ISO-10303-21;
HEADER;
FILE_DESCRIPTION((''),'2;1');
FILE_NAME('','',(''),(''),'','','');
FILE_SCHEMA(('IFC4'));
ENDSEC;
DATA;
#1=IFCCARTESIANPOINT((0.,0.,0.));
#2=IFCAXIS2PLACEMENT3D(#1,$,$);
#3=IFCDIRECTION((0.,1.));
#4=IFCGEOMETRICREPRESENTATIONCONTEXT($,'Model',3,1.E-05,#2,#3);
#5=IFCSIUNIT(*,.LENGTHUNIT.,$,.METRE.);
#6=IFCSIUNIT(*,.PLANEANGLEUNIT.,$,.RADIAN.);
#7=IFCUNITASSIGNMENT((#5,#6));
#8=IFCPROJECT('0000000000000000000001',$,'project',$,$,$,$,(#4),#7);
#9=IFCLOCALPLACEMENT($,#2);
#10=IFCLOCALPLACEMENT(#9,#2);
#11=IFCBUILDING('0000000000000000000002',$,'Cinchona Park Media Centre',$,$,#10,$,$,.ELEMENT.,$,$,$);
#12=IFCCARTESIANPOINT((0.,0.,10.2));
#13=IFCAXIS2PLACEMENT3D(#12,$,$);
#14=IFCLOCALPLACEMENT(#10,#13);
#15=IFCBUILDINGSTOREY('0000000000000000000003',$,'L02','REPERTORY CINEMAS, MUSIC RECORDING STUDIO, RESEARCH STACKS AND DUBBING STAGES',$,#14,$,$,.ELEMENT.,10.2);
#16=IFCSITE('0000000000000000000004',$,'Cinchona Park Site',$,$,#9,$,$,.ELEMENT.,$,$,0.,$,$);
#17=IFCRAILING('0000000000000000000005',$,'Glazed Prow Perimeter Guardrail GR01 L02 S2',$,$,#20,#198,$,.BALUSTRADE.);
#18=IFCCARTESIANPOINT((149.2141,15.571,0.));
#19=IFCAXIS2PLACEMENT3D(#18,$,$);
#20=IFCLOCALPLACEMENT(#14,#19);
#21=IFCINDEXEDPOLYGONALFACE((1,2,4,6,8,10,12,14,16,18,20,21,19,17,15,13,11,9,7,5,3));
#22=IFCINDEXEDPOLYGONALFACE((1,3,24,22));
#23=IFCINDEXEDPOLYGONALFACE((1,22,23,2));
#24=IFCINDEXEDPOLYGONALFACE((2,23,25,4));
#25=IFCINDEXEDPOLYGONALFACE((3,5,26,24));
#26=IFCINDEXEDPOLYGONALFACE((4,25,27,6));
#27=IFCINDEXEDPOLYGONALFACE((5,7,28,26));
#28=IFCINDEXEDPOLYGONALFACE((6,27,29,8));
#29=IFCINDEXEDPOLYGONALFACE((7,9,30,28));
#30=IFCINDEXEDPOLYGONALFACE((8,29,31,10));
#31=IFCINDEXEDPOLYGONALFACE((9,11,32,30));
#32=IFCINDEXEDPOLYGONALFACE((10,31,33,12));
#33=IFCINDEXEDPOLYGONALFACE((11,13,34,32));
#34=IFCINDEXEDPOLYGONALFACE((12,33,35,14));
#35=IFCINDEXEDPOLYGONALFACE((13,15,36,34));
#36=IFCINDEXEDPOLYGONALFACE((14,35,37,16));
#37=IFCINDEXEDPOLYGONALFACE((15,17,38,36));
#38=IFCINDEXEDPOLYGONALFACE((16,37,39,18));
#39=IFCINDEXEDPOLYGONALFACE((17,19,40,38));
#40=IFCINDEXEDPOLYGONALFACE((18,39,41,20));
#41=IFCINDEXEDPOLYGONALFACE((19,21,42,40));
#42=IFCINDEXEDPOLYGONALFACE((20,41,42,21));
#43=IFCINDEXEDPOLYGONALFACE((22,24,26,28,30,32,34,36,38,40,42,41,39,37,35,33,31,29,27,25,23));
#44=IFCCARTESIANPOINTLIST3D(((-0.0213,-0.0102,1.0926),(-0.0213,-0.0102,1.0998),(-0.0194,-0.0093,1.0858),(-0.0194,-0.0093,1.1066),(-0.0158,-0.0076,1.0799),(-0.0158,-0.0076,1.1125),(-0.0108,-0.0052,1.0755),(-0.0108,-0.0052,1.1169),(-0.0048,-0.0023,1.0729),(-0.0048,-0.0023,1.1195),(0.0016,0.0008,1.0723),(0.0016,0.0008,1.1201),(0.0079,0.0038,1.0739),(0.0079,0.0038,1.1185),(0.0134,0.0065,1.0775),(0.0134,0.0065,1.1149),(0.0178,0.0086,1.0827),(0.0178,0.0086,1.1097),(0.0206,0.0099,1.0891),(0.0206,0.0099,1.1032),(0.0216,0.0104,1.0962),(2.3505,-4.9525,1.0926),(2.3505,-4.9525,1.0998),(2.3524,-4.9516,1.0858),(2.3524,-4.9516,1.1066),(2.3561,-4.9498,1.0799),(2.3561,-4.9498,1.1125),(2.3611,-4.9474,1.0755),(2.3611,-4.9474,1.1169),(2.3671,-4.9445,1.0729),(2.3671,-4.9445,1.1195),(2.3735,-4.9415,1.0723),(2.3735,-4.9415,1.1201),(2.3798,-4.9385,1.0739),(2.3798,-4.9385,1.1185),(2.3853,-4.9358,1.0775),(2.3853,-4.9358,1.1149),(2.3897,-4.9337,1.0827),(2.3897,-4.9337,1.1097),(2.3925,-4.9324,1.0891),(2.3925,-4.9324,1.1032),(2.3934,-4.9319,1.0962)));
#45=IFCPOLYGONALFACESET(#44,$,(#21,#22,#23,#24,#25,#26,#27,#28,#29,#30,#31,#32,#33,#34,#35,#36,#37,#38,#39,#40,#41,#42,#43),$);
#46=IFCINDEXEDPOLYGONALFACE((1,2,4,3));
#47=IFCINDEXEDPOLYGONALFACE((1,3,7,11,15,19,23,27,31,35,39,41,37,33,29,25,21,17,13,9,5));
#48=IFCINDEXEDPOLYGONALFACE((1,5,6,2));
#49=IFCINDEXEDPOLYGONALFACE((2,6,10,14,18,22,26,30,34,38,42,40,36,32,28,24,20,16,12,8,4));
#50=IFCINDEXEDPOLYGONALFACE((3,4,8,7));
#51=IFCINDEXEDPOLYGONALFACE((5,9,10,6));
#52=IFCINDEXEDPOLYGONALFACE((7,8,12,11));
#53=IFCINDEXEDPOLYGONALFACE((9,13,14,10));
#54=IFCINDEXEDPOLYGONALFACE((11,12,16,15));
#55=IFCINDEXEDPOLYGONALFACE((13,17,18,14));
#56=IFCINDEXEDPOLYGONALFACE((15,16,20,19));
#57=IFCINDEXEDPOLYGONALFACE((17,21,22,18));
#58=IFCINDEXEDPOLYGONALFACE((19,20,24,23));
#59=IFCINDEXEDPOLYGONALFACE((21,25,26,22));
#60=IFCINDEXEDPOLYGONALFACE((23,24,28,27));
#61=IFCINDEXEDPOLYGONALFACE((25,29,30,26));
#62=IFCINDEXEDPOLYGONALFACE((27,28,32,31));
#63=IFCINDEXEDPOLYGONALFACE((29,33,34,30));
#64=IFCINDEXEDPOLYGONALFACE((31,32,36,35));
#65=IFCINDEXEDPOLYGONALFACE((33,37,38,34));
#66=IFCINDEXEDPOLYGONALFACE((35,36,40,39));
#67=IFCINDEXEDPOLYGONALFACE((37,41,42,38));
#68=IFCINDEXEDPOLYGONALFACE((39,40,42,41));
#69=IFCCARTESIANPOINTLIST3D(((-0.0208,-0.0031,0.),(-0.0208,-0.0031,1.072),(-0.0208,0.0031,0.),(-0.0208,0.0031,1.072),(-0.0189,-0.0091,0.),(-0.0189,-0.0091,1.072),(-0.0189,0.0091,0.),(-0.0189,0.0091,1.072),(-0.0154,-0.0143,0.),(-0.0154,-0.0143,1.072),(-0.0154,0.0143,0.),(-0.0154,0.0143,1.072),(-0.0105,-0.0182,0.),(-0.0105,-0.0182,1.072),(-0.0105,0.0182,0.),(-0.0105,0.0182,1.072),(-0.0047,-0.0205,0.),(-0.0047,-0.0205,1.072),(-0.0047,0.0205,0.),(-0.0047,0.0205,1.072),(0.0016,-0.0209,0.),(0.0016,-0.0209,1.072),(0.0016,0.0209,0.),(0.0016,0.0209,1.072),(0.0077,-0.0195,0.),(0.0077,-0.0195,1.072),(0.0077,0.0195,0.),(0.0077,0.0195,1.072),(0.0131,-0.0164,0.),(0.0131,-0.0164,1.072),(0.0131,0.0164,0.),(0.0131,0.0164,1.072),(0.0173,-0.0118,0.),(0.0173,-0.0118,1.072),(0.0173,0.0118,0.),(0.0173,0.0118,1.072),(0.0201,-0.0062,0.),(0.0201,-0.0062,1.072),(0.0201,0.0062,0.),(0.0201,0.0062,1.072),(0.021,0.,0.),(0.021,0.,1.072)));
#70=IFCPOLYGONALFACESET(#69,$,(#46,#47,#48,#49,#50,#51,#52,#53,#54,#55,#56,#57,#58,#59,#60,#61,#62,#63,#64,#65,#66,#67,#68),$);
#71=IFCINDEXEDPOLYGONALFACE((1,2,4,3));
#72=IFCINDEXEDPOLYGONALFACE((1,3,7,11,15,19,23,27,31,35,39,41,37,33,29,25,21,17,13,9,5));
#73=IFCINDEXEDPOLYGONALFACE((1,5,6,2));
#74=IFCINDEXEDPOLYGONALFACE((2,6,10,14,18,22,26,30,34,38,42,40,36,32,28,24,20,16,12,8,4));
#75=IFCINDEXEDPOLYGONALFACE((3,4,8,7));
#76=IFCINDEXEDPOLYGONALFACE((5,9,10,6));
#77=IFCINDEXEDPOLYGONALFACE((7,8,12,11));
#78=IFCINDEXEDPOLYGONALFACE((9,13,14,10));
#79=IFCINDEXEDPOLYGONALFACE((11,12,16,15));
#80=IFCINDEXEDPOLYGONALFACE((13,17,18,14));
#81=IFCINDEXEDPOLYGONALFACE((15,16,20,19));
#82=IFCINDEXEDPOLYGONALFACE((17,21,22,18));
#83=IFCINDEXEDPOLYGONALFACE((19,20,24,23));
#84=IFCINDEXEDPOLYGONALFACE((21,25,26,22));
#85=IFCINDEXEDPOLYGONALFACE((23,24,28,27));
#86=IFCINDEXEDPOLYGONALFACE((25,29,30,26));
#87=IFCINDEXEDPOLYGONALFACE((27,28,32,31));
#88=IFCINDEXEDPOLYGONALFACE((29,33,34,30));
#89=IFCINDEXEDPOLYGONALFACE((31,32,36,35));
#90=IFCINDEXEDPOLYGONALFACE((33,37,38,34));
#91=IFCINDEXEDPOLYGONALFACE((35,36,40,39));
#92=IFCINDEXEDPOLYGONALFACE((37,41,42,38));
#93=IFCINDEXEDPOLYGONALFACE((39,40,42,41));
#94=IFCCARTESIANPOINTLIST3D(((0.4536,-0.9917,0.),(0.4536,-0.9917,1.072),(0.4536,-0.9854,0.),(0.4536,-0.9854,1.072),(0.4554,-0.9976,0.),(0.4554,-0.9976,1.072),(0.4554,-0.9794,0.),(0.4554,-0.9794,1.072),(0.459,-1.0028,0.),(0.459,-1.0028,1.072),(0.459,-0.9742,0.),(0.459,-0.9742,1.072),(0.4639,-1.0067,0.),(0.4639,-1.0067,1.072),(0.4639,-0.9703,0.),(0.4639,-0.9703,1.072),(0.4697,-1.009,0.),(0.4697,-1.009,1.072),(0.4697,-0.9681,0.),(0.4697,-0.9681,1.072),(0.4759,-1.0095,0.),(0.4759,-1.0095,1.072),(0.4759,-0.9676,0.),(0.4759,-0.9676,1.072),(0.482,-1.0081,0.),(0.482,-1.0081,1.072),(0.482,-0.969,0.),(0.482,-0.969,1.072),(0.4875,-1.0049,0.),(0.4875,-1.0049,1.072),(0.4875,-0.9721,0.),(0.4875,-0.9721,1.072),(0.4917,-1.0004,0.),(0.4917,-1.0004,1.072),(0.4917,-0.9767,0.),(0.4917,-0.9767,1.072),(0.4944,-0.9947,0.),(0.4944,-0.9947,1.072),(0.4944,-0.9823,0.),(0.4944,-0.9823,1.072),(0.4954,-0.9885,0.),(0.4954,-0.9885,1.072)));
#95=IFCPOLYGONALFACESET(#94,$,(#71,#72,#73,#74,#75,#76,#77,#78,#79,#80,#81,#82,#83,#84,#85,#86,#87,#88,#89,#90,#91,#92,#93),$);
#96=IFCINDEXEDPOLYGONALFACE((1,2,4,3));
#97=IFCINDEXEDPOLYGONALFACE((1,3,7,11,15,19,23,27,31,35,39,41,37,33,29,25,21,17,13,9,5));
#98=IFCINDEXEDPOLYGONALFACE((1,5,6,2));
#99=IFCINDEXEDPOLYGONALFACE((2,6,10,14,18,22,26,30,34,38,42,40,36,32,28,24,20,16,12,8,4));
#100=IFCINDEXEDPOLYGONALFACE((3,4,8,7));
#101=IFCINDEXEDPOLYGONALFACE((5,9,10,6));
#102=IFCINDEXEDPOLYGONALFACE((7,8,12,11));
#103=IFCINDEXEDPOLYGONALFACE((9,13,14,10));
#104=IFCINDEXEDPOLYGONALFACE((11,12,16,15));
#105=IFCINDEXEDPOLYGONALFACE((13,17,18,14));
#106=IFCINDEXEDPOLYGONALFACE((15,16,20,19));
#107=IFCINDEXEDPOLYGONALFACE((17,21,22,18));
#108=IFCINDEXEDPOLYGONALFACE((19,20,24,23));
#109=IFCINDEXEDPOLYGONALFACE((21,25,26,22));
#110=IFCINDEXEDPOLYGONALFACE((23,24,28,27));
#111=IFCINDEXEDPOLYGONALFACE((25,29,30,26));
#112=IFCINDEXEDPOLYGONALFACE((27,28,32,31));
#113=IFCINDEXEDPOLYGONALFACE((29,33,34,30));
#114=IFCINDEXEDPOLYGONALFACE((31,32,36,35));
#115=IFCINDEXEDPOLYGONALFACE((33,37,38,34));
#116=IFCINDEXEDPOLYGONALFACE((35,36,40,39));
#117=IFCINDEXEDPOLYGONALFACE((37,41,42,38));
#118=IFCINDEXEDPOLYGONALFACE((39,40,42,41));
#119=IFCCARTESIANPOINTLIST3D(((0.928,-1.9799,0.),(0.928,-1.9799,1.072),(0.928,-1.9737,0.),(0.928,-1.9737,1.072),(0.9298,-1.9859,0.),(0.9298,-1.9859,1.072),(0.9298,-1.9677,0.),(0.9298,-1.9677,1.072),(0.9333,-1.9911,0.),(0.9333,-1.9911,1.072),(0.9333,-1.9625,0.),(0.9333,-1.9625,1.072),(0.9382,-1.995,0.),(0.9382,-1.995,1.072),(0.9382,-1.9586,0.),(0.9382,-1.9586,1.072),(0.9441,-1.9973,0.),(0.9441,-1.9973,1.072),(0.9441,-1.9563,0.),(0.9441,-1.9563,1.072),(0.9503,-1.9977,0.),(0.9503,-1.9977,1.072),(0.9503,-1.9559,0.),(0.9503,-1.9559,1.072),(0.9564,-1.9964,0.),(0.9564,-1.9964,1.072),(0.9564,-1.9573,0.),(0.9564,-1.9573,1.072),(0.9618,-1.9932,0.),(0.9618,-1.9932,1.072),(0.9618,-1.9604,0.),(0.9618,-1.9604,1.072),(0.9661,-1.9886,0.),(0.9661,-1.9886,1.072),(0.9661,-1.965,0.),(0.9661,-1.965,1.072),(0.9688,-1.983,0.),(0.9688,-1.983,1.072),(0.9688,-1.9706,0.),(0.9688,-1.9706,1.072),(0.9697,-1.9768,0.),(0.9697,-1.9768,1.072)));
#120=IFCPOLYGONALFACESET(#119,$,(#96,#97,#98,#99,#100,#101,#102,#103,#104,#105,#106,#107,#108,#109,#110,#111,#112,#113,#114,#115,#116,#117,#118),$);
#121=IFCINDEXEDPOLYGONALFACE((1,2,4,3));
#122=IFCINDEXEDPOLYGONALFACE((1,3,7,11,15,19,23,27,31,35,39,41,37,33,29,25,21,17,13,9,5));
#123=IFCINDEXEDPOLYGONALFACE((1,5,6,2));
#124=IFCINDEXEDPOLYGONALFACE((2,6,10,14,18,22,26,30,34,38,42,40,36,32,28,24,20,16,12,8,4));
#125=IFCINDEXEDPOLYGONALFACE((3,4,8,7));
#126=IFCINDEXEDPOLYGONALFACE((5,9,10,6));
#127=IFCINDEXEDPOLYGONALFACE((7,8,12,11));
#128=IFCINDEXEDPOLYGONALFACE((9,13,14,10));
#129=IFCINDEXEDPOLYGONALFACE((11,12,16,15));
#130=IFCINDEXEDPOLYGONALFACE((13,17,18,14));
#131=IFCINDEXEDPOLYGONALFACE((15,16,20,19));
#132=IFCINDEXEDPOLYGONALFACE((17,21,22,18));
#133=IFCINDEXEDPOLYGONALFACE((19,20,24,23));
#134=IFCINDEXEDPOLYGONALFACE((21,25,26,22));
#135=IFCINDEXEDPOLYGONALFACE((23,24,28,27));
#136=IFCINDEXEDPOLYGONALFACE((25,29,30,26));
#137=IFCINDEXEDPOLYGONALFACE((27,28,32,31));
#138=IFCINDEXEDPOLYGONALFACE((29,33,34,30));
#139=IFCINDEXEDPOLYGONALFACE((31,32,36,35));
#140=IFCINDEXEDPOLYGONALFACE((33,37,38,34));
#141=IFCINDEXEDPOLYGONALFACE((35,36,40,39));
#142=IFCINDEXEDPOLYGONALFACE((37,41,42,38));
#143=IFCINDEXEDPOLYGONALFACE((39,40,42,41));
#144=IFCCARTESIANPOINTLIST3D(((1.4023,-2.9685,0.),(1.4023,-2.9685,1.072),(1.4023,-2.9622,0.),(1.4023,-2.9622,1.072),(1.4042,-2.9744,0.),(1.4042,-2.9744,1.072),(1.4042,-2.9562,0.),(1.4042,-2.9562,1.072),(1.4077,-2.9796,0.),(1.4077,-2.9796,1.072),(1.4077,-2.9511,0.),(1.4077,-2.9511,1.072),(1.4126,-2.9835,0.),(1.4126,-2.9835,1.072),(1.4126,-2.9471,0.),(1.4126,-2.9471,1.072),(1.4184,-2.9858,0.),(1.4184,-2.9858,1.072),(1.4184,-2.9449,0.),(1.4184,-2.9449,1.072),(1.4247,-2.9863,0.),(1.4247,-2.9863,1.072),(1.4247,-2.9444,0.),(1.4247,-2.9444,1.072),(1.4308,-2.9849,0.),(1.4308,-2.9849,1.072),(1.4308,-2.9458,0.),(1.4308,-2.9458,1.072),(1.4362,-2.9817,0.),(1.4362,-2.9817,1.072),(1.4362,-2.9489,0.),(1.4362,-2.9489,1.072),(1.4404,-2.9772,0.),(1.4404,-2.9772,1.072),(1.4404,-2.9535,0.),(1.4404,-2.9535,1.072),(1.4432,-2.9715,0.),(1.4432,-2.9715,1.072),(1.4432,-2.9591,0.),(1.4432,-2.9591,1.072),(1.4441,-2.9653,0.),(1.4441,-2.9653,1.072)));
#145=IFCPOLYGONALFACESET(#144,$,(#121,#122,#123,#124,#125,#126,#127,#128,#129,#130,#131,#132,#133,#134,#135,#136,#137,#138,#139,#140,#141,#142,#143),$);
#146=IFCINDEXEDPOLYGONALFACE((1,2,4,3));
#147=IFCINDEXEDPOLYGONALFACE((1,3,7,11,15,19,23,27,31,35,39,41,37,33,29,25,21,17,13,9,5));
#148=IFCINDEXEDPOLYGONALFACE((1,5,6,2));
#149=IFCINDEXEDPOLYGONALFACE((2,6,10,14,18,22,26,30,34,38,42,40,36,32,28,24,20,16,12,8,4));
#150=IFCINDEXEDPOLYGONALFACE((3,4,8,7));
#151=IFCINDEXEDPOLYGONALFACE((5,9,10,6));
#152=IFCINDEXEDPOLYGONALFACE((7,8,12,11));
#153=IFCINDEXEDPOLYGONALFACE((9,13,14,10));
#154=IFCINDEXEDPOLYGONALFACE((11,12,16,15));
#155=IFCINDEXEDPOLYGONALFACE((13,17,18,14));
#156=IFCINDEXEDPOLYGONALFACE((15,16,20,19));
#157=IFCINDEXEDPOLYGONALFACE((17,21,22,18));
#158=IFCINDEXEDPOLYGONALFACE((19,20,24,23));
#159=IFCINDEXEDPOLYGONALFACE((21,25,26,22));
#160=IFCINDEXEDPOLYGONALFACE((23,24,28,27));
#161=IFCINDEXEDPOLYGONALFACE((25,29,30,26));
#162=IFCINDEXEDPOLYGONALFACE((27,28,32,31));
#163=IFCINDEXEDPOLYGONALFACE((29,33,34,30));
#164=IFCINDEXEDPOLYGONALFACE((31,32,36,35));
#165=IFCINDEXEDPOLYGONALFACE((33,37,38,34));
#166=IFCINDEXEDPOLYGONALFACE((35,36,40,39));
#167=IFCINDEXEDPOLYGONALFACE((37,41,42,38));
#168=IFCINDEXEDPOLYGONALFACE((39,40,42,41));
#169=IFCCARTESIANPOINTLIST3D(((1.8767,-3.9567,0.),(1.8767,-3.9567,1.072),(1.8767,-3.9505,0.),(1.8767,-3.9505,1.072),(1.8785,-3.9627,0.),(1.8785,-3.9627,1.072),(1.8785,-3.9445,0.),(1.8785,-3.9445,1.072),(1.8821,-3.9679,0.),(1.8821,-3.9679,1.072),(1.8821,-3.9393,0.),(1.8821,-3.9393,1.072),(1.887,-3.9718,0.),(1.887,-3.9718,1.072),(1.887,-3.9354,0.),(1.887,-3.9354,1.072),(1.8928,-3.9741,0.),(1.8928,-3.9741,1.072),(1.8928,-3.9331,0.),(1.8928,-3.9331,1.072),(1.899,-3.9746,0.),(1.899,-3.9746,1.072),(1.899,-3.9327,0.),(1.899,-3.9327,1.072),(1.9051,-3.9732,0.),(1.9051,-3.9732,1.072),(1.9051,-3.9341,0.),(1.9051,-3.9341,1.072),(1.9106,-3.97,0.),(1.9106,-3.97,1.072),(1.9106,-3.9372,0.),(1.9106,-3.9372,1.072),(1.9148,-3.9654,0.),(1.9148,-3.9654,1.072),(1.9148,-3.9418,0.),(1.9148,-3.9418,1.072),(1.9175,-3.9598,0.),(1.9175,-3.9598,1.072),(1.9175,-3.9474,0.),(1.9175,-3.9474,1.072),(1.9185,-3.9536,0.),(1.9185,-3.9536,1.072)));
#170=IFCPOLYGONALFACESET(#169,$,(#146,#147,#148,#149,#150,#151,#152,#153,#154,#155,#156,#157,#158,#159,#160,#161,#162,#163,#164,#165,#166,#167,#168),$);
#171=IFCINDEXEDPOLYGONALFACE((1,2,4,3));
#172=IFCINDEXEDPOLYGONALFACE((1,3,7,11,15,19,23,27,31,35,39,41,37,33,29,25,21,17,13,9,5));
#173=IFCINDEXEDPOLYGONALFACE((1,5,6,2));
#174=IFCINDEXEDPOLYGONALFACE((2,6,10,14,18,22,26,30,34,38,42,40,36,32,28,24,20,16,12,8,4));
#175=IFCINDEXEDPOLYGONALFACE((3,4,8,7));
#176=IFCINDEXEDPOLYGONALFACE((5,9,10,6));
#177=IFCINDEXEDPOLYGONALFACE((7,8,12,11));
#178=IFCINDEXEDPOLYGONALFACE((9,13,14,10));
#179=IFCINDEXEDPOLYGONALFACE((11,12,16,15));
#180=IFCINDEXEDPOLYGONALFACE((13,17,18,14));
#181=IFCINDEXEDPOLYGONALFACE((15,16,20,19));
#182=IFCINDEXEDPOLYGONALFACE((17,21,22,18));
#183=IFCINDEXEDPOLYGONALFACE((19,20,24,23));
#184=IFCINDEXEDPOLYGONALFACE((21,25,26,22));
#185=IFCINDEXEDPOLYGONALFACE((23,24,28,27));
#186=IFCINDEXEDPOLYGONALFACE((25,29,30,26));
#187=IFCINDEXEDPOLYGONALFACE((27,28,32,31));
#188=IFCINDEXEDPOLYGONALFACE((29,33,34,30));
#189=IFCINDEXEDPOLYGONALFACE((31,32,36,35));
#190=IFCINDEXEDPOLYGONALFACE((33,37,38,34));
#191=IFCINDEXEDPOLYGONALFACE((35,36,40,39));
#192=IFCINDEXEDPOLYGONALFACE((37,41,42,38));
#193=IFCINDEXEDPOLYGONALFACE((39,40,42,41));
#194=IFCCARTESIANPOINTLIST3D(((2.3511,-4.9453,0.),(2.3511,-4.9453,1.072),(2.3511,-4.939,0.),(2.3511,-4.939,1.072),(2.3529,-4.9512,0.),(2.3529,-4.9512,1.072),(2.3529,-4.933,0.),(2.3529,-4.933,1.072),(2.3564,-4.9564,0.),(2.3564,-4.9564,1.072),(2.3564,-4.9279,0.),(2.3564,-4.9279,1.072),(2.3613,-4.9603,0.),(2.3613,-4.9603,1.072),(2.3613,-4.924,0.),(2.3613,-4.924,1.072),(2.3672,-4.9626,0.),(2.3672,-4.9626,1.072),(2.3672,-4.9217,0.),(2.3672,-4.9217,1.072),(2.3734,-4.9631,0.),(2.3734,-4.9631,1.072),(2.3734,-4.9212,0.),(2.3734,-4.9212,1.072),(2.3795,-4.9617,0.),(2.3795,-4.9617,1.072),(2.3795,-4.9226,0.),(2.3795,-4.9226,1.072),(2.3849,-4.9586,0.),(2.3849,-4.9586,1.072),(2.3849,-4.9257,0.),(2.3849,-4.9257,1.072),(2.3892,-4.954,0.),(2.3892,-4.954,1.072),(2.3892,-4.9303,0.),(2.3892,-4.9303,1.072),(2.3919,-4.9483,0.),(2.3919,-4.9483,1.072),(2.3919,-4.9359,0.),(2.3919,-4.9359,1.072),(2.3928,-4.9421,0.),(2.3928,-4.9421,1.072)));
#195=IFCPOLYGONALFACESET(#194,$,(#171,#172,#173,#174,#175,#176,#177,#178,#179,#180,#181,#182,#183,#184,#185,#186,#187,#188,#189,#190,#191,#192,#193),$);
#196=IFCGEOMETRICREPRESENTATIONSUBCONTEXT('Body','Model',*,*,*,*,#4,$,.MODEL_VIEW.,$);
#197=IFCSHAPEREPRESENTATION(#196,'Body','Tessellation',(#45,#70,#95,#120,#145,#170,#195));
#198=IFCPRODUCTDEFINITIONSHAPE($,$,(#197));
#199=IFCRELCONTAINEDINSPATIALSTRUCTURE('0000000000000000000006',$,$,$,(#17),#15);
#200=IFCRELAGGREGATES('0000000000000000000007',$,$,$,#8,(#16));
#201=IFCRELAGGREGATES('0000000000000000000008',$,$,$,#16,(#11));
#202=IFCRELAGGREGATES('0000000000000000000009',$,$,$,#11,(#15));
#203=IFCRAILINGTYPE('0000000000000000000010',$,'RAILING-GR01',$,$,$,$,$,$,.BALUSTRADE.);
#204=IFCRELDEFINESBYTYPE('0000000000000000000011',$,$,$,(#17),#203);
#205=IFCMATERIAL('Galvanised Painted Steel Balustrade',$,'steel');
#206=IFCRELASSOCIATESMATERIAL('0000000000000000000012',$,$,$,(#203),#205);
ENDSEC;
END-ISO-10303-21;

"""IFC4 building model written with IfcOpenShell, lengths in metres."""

from ifc_helpers import new_model, si_unit, direction, frame, origin, origin_2d, place, context, subcontext, project, spatial, circle, extrude, material, type_object, element, save


model = new_model("IFC4")

# Units and contexts
model_context = context("Model", 3, precision=1e-05, world=origin(), true_north=direction((0.0, 1.0)))
body_context = subcontext(model_context, "Body", "Model", "MODEL_VIEW")
ifc_project = project(units=[si_unit("LENGTHUNIT", "METRE"), si_unit("PLANEANGLEUNIT", "RADIAN")], contexts=[model_context])

# Site, building, storey
site_placement = place(None, origin())
site = spatial("IfcSite", under=ifc_project, at=site_placement, Name="Cinchona Park Site", CompositionType="ELEMENT", RefElevation=0.0)
building_placement = place(site_placement, origin())
building = spatial("IfcBuilding", under=site, at=building_placement, Name="Cinchona Park Media Centre", CompositionType="ELEMENT")
storey_placement = place(building_placement, frame((0.0, 0.0, 10.2)))
storey = spatial("IfcBuildingStorey", under=building, at=storey_placement, Name="L02", Description="REPERTORY CINEMAS, MUSIC RECORDING STUDIO, RESEARCH STACKS AND DUBBING STAGES", CompositionType="ELEMENT", Elevation=10.2)

# Railing
ifc_material_1 = material(Name="Galvanised Painted Steel Balustrade", Category="steel")
railing_type = type_object("IfcRailingType", Name="RAILING-GR01", PredefinedType="BALUSTRADE", material=ifc_material_1)
railing_1_placement = place(storey_placement, frame((149.2141, 15.571, 0.0)))
element("IfcRailing", 1, at=railing_1_placement, inside=storey, type_object=railing_type, Name="Glazed Prow Perimeter Guardrail GR01 L02 S2", PredefinedType="BALUSTRADE", context=body_context, shape_type="SweptSolid", body=[
    extrude(circle(Radius=0.0239, at=origin_2d()), frame((0.0, 0.0, 1.0962), z_axis=(0.432672, -0.901552, 0.0), x_axis=(0.901552, 0.432672, 0.0)), (0.0, 0.0, 1.0), 5.4819),
    extrude(circle(Radius=0.021, at=origin_2d()), origin(), (0.0, 0.0, 1.0), 1.072),
    extrude(circle(Radius=0.021, at=origin_2d()), frame((0.4744, -0.9885, 0.0)), (0.0, 0.0, 1.0), 1.072),
    extrude(circle(Radius=0.021, at=origin_2d()), frame((0.9487, -1.9768, 0.0)), (0.0, 0.0, 1.0), 1.072),
    extrude(circle(Radius=0.021, at=origin_2d()), frame((1.4231, -2.9653, 0.0)), (0.0, 0.0, 1.0), 1.072),
    extrude(circle(Radius=0.021, at=origin_2d()), frame((1.8975, -3.9536, 0.0)), (0.0, 0.0, 1.0), 1.072),
    extrude(circle(Radius=0.021, at=origin_2d()), frame((2.3718, -4.9421, 0.0)), (0.0, 0.0, 1.0), 1.072),
])

save(model, "model.ifc")
